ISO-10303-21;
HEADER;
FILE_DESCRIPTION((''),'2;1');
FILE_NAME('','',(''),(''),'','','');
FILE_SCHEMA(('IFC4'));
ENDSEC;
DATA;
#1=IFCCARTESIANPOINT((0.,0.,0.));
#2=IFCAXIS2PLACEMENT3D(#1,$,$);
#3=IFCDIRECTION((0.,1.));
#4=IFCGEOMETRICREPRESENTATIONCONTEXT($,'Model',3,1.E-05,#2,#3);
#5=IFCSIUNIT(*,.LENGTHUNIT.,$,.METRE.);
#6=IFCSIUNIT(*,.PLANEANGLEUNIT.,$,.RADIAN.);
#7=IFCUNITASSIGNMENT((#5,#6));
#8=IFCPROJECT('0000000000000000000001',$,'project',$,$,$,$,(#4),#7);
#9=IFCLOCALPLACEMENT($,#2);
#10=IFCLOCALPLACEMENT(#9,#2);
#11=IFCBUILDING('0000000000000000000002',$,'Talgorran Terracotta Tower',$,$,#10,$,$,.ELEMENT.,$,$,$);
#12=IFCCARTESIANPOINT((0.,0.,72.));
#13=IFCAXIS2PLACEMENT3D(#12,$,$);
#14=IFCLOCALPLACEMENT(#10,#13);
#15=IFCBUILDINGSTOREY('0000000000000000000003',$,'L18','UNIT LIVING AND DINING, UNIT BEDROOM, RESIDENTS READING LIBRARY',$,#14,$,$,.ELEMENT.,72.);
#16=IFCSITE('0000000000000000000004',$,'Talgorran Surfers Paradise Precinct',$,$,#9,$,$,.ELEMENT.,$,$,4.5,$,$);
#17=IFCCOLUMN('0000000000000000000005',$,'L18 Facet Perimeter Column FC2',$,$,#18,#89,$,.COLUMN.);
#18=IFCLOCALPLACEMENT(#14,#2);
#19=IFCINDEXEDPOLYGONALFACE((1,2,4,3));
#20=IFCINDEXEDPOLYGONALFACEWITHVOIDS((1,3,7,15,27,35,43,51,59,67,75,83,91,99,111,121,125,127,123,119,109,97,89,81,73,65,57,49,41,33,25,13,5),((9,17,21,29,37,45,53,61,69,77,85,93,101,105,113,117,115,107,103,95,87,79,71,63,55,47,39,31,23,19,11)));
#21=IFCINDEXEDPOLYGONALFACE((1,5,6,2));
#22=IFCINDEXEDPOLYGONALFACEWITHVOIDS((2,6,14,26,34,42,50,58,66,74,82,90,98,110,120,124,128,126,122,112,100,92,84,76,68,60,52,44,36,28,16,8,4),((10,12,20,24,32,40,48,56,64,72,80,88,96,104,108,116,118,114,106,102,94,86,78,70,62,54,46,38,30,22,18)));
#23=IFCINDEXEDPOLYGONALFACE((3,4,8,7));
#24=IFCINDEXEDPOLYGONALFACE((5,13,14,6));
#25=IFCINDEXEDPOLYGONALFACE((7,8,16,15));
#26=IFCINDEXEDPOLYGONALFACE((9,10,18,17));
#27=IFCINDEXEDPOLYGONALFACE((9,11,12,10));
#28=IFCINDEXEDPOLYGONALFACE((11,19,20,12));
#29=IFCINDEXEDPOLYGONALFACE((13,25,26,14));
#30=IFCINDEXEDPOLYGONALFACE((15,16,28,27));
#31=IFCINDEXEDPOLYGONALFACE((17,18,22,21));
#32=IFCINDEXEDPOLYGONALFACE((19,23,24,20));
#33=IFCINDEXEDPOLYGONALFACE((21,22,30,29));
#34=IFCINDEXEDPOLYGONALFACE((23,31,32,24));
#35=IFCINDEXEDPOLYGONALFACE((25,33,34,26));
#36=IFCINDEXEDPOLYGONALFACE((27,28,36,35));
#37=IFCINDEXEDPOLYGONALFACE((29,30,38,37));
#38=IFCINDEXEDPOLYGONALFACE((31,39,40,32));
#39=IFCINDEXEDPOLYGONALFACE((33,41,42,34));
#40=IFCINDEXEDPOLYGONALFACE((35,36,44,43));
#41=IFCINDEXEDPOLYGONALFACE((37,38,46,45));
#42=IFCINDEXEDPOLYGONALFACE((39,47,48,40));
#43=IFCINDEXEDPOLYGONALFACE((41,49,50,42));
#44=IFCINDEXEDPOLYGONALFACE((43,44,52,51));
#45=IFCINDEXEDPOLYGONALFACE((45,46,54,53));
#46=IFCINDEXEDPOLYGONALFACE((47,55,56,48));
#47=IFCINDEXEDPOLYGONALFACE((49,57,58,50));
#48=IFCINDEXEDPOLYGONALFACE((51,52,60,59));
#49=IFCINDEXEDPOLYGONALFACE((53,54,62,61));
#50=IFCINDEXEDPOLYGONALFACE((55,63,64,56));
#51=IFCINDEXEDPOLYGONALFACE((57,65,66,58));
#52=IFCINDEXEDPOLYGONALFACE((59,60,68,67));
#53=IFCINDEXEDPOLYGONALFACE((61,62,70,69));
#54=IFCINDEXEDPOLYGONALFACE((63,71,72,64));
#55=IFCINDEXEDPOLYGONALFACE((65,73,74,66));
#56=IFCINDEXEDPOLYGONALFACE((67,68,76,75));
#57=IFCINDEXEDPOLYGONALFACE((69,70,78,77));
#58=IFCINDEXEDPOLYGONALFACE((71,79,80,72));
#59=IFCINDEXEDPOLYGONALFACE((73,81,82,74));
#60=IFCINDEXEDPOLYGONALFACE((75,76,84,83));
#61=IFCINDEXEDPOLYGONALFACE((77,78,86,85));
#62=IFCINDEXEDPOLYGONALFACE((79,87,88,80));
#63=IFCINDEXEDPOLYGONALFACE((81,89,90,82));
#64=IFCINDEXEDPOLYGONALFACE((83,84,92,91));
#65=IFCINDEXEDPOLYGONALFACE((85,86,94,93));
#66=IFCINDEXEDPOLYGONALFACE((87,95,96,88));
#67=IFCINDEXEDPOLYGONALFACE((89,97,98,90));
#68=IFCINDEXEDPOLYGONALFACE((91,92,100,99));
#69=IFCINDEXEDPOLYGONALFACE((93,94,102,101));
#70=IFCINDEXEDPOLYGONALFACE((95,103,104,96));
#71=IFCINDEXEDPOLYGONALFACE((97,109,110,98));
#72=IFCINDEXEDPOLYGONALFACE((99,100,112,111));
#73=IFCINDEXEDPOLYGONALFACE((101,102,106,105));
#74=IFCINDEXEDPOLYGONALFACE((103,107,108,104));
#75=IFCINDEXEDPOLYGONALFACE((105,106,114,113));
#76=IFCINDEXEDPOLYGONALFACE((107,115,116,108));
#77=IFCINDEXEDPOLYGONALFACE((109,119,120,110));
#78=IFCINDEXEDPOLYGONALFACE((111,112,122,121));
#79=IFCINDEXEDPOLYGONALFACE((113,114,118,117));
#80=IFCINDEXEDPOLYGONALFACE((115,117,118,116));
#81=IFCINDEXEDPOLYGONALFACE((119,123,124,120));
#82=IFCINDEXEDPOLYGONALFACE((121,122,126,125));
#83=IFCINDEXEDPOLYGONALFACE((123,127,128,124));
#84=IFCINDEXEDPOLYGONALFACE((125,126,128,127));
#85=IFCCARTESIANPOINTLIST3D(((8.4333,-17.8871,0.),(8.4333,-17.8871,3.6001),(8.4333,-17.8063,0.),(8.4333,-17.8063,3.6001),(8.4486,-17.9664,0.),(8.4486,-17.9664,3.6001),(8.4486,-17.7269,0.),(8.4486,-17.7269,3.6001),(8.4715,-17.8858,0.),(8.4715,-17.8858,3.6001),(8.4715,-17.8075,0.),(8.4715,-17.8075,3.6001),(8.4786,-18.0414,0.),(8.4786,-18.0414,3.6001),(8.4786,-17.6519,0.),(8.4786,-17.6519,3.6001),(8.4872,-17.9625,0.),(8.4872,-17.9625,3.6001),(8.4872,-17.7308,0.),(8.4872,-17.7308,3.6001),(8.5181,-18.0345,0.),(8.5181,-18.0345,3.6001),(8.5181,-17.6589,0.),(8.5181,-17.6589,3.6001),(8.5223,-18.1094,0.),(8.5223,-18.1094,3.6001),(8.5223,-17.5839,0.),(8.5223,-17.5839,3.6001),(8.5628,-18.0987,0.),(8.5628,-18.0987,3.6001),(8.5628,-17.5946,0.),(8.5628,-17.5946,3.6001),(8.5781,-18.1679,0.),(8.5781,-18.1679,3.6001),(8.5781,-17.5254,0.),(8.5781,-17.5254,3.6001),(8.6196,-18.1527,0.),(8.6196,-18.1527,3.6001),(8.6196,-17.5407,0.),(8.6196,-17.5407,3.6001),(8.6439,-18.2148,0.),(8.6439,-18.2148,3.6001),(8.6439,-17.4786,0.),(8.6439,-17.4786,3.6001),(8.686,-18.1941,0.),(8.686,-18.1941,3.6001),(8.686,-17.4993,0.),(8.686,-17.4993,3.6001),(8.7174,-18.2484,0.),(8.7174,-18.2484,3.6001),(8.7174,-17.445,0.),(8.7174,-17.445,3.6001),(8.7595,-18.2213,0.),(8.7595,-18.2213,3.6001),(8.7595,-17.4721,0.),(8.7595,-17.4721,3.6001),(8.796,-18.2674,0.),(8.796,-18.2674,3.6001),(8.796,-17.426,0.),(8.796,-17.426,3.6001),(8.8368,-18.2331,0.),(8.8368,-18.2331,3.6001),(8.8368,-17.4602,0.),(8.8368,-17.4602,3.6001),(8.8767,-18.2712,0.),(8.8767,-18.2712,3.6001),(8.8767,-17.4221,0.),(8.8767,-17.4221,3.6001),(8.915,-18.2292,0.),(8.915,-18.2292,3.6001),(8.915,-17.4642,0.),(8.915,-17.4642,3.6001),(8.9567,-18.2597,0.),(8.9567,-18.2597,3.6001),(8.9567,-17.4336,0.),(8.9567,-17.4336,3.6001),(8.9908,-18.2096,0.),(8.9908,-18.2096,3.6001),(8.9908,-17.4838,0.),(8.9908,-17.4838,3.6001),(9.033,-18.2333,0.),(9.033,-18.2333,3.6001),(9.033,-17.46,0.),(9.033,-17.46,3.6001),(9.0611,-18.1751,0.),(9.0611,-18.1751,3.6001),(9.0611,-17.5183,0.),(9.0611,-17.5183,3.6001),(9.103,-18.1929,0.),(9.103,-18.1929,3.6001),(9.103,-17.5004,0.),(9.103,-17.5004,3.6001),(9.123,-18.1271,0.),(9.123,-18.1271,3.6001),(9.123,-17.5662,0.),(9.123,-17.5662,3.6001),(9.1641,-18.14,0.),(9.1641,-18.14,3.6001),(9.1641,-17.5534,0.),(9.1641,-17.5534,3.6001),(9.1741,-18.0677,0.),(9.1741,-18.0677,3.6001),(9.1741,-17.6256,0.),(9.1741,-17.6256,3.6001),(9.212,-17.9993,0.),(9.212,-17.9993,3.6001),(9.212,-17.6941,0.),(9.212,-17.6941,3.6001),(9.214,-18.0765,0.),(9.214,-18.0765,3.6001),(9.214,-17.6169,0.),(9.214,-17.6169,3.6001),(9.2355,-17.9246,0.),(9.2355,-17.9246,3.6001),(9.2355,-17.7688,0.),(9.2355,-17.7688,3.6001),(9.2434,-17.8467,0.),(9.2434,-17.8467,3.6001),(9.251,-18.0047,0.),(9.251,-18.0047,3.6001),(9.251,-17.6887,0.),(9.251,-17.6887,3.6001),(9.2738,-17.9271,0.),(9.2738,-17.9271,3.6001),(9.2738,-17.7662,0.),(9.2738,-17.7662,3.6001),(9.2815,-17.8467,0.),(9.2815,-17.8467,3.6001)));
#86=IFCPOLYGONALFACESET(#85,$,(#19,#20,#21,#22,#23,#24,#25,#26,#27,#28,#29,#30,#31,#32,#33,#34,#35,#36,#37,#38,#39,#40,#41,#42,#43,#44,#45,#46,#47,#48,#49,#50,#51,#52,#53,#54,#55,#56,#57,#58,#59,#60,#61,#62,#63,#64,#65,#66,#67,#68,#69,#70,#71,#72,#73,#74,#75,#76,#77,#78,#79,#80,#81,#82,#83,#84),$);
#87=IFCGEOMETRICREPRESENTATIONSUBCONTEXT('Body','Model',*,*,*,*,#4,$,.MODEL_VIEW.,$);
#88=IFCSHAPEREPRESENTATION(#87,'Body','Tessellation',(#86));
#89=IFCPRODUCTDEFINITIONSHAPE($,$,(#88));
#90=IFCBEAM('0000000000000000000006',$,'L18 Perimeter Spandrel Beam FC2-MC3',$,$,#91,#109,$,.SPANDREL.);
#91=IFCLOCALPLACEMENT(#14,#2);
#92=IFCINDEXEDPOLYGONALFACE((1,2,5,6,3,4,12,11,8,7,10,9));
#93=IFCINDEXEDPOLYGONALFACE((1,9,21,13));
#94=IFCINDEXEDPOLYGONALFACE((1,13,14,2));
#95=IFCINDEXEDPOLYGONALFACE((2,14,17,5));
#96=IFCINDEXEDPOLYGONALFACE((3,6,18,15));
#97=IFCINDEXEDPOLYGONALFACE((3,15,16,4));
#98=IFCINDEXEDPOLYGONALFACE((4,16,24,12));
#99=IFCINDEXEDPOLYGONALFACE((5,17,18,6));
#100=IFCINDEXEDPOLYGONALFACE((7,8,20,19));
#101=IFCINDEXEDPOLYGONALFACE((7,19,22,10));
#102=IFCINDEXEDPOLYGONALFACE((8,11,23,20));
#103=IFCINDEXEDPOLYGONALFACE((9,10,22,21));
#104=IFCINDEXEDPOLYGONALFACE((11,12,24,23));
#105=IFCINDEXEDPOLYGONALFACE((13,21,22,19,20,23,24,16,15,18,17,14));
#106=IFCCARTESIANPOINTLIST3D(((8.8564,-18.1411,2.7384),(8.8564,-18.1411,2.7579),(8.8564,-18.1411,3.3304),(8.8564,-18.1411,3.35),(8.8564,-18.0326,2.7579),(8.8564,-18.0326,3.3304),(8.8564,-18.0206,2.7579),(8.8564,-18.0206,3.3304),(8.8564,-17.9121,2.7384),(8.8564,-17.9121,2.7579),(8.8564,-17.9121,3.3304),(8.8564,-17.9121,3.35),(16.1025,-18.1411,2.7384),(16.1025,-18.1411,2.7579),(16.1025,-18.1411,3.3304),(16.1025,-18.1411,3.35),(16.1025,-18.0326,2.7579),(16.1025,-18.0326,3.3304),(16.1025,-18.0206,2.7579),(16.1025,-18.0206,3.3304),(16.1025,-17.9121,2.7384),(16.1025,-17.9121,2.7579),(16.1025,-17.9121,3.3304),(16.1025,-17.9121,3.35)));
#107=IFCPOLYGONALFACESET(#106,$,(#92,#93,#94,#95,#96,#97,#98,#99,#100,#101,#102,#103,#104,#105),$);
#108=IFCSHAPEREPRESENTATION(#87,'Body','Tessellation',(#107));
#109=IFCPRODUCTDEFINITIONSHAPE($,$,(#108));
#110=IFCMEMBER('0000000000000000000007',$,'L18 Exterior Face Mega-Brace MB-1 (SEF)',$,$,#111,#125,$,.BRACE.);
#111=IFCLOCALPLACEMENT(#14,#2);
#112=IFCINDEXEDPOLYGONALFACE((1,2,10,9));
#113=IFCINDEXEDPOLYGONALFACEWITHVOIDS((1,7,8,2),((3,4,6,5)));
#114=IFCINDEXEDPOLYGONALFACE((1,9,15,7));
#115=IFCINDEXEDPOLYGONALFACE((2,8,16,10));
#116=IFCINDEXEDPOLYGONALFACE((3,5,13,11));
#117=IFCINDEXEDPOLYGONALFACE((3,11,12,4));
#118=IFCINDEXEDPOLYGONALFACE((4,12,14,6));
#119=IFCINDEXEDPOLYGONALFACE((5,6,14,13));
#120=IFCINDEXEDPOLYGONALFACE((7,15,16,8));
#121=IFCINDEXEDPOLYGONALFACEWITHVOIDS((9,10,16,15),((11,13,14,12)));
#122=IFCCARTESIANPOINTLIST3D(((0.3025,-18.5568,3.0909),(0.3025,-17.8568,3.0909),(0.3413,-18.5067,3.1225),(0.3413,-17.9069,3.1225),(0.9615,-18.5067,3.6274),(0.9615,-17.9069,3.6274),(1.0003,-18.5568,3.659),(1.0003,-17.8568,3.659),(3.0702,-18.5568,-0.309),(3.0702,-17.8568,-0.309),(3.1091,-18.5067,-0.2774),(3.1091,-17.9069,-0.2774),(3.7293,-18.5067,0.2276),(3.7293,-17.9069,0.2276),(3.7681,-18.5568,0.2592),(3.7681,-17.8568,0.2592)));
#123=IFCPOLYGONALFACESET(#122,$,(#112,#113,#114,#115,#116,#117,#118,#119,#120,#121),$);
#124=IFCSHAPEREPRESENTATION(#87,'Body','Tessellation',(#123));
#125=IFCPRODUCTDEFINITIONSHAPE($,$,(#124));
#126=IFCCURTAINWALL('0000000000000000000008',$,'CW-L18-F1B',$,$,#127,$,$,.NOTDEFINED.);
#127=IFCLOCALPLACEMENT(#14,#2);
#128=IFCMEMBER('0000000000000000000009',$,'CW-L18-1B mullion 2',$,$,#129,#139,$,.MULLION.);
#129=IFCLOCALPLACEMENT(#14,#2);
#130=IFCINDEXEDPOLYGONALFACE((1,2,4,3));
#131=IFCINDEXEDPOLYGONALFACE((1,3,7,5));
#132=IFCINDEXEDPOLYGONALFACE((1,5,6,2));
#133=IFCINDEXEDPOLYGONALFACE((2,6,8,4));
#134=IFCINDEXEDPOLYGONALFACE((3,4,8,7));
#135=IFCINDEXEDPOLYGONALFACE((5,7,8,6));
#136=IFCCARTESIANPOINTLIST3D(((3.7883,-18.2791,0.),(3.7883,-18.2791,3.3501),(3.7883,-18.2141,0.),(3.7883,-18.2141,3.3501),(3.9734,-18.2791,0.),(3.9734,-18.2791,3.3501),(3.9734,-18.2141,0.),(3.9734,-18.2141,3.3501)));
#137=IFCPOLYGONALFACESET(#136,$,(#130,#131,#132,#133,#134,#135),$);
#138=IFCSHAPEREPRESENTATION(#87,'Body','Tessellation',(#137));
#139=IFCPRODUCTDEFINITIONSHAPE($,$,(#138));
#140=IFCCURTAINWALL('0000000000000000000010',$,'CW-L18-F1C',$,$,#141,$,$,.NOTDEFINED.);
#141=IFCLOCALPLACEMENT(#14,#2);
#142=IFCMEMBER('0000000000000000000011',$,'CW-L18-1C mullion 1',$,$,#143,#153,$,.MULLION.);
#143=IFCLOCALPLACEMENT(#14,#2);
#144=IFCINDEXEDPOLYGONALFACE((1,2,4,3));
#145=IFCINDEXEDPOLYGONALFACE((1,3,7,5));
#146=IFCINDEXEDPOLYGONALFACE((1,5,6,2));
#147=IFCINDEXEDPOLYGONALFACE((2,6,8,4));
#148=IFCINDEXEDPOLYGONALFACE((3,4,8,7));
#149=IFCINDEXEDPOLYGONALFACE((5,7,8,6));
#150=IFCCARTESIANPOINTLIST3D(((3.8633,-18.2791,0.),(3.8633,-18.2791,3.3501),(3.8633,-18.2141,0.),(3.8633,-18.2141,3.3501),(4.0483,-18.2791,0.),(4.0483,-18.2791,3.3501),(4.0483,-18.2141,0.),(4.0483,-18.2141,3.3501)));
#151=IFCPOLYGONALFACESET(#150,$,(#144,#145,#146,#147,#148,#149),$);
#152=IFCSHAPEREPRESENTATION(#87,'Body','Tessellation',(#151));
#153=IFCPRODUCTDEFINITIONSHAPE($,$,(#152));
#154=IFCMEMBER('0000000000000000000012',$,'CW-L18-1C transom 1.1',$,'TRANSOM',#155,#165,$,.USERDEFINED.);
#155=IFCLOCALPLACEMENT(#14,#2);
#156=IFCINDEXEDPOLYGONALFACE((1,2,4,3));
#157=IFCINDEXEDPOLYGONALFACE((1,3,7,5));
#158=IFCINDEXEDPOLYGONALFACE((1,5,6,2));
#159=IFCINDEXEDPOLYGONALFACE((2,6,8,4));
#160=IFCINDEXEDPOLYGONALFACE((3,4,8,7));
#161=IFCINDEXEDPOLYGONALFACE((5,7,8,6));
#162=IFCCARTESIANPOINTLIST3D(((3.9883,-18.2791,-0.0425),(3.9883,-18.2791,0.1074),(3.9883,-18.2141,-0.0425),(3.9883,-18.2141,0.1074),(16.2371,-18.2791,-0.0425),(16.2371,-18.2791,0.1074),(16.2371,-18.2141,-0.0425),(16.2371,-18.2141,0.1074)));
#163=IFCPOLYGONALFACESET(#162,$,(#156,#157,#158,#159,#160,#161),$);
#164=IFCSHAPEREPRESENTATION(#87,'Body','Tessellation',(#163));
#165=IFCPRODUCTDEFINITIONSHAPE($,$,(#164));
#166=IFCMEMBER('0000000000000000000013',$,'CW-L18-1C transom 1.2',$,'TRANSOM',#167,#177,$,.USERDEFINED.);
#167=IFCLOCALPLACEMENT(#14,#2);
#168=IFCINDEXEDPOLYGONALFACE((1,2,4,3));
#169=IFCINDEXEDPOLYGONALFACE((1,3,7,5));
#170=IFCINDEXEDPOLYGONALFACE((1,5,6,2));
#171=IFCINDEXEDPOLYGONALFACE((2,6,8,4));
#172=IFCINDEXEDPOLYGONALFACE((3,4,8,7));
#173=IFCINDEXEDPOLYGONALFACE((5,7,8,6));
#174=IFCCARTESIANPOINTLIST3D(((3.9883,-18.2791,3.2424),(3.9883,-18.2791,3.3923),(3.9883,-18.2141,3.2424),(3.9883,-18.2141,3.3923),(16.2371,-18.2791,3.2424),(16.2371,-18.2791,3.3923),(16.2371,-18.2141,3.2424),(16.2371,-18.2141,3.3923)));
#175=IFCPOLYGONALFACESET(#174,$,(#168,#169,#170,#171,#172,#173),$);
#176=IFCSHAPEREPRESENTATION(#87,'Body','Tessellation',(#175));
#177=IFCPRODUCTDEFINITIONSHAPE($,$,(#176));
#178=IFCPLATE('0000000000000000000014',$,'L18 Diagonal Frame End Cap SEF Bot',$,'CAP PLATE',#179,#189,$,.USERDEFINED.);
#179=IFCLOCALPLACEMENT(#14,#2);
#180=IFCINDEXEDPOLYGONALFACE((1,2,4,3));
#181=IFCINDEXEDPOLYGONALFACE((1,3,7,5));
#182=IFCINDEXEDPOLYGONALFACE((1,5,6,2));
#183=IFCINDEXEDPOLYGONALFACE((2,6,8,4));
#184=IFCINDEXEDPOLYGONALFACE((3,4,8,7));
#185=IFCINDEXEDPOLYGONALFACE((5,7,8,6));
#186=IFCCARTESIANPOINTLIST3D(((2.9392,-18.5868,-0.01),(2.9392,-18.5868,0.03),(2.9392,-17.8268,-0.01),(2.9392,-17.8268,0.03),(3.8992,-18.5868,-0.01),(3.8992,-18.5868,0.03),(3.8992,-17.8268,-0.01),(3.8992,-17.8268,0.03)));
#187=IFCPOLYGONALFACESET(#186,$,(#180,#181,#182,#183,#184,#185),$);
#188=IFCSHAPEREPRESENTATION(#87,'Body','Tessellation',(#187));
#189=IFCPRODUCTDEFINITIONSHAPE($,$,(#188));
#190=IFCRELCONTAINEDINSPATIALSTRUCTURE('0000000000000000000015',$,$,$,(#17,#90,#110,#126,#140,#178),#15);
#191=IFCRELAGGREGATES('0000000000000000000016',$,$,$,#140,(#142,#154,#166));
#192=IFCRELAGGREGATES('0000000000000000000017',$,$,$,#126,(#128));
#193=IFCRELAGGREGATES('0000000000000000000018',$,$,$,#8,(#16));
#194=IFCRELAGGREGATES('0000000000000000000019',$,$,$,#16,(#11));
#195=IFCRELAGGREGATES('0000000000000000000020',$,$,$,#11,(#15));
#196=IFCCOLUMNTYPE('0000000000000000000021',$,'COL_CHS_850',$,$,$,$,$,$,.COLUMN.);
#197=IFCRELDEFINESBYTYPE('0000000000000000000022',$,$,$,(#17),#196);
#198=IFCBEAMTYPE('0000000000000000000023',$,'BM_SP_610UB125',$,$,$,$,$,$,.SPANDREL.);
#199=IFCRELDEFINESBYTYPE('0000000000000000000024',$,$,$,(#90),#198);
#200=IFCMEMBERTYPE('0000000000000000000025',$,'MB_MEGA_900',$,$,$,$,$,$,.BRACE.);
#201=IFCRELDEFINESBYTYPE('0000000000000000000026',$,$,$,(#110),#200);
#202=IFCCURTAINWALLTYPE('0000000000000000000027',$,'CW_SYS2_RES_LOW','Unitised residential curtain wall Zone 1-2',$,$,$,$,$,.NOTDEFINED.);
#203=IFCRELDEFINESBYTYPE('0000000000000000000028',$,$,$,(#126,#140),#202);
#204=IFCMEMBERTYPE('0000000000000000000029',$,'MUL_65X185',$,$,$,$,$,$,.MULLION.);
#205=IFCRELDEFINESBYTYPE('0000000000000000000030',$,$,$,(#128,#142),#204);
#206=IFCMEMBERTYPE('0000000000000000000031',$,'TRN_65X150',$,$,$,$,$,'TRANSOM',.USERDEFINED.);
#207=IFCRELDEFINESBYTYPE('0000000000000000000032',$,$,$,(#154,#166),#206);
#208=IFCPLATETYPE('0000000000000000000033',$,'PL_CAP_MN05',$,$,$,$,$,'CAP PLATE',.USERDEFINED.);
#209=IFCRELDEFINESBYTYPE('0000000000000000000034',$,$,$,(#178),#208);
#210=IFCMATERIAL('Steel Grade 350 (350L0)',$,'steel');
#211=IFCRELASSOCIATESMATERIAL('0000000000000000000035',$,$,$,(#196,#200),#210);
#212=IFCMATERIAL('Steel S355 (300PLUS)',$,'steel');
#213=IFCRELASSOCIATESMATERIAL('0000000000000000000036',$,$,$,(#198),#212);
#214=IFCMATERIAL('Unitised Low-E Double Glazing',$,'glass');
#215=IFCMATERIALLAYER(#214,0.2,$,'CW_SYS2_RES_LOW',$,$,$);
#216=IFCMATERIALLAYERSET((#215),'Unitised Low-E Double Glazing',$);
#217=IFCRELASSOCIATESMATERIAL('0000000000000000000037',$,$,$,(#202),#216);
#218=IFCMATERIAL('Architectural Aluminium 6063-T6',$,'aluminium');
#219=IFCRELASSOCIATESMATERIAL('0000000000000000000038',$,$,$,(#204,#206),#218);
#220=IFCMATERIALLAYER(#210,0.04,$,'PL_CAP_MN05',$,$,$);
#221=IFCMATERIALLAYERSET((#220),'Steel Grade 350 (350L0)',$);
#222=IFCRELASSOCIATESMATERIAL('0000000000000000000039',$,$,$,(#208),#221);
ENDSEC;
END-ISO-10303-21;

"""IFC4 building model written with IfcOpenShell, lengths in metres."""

from ifc_helpers import new_model, si_unit, direction, frame, origin, origin_2d, place, context, subcontext, project, spatial, rectangle, hollow_rectangle, hollow_circle, i_section, extrude, material, layer, layer_set, material_profile, profile_set, type_object, element, aggregate, save


model = new_model("IFC4")

# Units and contexts
model_context = context("Model", 3, precision=1e-05, world=origin(), true_north=direction((0.0, 1.0)))
body_context = subcontext(model_context, "Body", "Model", "MODEL_VIEW")
ifc_project = project(units=[si_unit("LENGTHUNIT", "METRE"), si_unit("PLANEANGLEUNIT", "RADIAN")], contexts=[model_context])

# Site, building, storey
site_placement = place(None, origin())
site = spatial("IfcSite", under=ifc_project, at=site_placement, Name="Talgorran Surfers Paradise Precinct", CompositionType="ELEMENT", RefElevation=4.5)
building_placement = place(site_placement, origin())
building = spatial("IfcBuilding", under=site, at=building_placement, Name="Talgorran Terracotta Tower", CompositionType="ELEMENT")
storey_placement = place(building_placement, frame((0.0, 0.0, 72.0)))
storey = spatial("IfcBuildingStorey", under=building, at=storey_placement, Name="L18", Description="UNIT LIVING AND DINING, UNIT BEDROOM, RESIDENTS READING LIBRARY", CompositionType="ELEMENT", Elevation=72.0)

# Column
ifc_material_1 = material(Name="Steel Grade 350 (350L0)", Category="steel")
ifc_material_profile_1 = material_profile(ifc_material_1, hollow_circle(Radius=0.425, WallThickness=0.0381, at=origin_2d()), Name="CHS850X38")
ifc_profile_set_1 = profile_set([ifc_material_profile_1], Name="Steel Grade 350 (350L0)")
column_type = type_object("IfcColumnType", Name="COL_CHS_850", PredefinedType="COLUMN", material=ifc_profile_set_1)
column_placement = place(storey_placement, frame((8.8564, -17.8467, 0.0), z_axis=(0.0, 0.0, 1.0), x_axis=(1.0, 0.0, 0.0)))
element("IfcColumn", 1, at=column_placement, inside=storey, type_object=column_type, Name="L18 Facet Perimeter Column FC2", PredefinedType="COLUMN", context=body_context, shape_type="SweptSolid", body=[
    extrude(hollow_circle(Radius=0.425, WallThickness=0.0381, at=origin_2d()), origin(), (0.0, 0.0, 1.0), 3.6001),
])

# Beam
ifc_material_2 = material(Name="Steel S355 (300PLUS)", Category="steel")
ifc_material_profile_2 = material_profile(ifc_material_2, i_section(OverallWidth=0.229, OverallDepth=0.6116, WebThickness=0.012, FlangeThickness=0.0195, at=origin_2d()), Name="610UB125")
ifc_profile_set_2 = profile_set([ifc_material_profile_2], Name="Steel S355 (300PLUS)")
beam_type = type_object("IfcBeamType", Name="BM_SP_610UB125", PredefinedType="SPANDREL", material=ifc_profile_set_2)
beam_placement = place(storey_placement, frame((8.8564, -18.0266, 3.0442), z_axis=(1.0, 0.0, 0.0), x_axis=(0.0, 1.0, 0.0)))
element("IfcBeam", 2, at=beam_placement, inside=storey, type_object=beam_type, Name="L18 Perimeter Spandrel Beam FC2-MC3", PredefinedType="SPANDREL", context=body_context, shape_type="SweptSolid", body=[
    extrude(i_section(OverallWidth=0.229, OverallDepth=0.6116, WebThickness=0.012, FlangeThickness=0.0195, at=origin_2d()), origin(), (0.0, 0.0, 1.0), 7.2461),
])

# Member
ifc_material_profile_3 = material_profile(ifc_material_1, hollow_rectangle(XDim=0.7, YDim=0.8999, WallThickness=0.05, at=origin_2d()), Name="WBOX900X700X50")
ifc_profile_set_3 = profile_set([ifc_material_profile_3], Name="Steel Grade 350 (350L0)")
member_type_1 = type_object("IfcMemberType", Name="MB_MEGA_900", PredefinedType="BRACE", material=ifc_profile_set_3)
member_1_placement = place(storey_placement, frame((3.4192, -18.2068, -0.0249), z_axis=(-0.631334, 0.0, 0.775511), x_axis=(0.0, -1.0, 0.0)))
element("IfcMember", 3, at=member_1_placement, inside=storey, type_object=member_type_1, Name="L18 Exterior Face Mega-Brace MB-1 (SEF)", PredefinedType="BRACE", context=body_context, shape_type="SweptSolid", body=[
    extrude(hollow_rectangle(XDim=0.7, YDim=0.8999, WallThickness=0.05, at=origin_2d()), origin(), (0.0, 0.0, 1.0), 4.384),
])

# Curtain wall, member
ifc_material_3 = material(Name="Unitised Low-E Double Glazing", Category="glass")
ifc_layer_1 = layer(ifc_material_3, 0.2, Name="CW_SYS2_RES_LOW")
ifc_layer_set_1 = layer_set([ifc_layer_1], Name="Unitised Low-E Double Glazing")
curtain_wall_type = type_object("IfcCurtainWallType", Name="CW_SYS2_RES_LOW", Description="Unitised residential curtain wall Zone 1-2", PredefinedType="NOTDEFINED", material=ifc_layer_set_1)
curtain_wall_1_placement = place(storey_placement, origin())
curtain_wall_1 = element("IfcCurtainWall", 4, at=curtain_wall_1_placement, inside=storey, type_object=curtain_wall_type, Name="CW-L18-F1B", PredefinedType="NOTDEFINED")
ifc_material_4 = material(Name="Architectural Aluminium 6063-T6", Category="aluminium")
ifc_material_profile_4 = material_profile(ifc_material_4, rectangle(XDim=0.0649, YDim=0.1851, at=origin_2d()), Name="CWM65X185")
ifc_profile_set_4 = profile_set([ifc_material_profile_4], Name="Architectural Aluminium 6063-T6")
member_type_2 = type_object("IfcMemberType", Name="MUL_65X185", PredefinedType="MULLION", material=ifc_profile_set_4)
member_2_placement = place(storey_placement, frame((3.8809, -18.2466, 0.0), z_axis=(0.0, 0.0, 1.0), x_axis=(0.0, 1.0, 0.0)))
member_2 = element("IfcMember", 5, at=member_2_placement, type_object=member_type_2, Name="CW-L18-1B mullion 2", PredefinedType="MULLION", context=body_context, shape_type="SweptSolid", body=[
    extrude(rectangle(XDim=0.0649, YDim=0.1851, at=origin_2d()), origin(), (0.0, 0.0, 1.0), 3.3501),
])

# Curtain wall, members
curtain_wall_2_placement = place(storey_placement, origin())
curtain_wall_2 = element("IfcCurtainWall", 6, at=curtain_wall_2_placement, inside=storey, type_object=curtain_wall_type, Name="CW-L18-F1C", PredefinedType="NOTDEFINED")
member_3_placement = place(storey_placement, frame((3.9558, -18.2466, 0.0), z_axis=(0.0, 0.0, 1.0), x_axis=(0.0, 1.0, 0.0)))
member_3 = element("IfcMember", 7, at=member_3_placement, type_object=member_type_2, Name="CW-L18-1C mullion 1", PredefinedType="MULLION", context=body_context, shape_type="SweptSolid", body=[
    extrude(rectangle(XDim=0.0649, YDim=0.1851, at=origin_2d()), origin(), (0.0, 0.0, 1.0), 3.3501),
])
ifc_material_profile_5 = material_profile(ifc_material_4, rectangle(XDim=0.0649, YDim=0.1499, at=origin_2d()), Name="CWT65X150")
ifc_profile_set_5 = profile_set([ifc_material_profile_5], Name="Architectural Aluminium 6063-T6")
member_type_3 = type_object("IfcMemberType", Name="TRN_65X150", ElementType="TRANSOM", PredefinedType="USERDEFINED", material=ifc_profile_set_5)
member_4_placement = place(storey_placement, frame((3.9883, -18.2466, 0.0325), z_axis=(1.0, 0.0, 0.0), x_axis=(0.0, 1.0, 0.0)))
member_4 = element("IfcMember", 8, at=member_4_placement, type_object=member_type_3, Name="CW-L18-1C transom 1.1", ObjectType="TRANSOM", PredefinedType="USERDEFINED", context=body_context, shape_type="SweptSolid", body=[
    extrude(rectangle(XDim=0.0649, YDim=0.1499, at=origin_2d()), origin(), (0.0, 0.0, 1.0), 12.2488),
])
member_5_placement = place(storey_placement, frame((3.9883, -18.2466, 3.3174), z_axis=(1.0, 0.0, 0.0), x_axis=(0.0, 1.0, 0.0)))
member_5 = element("IfcMember", 9, at=member_5_placement, type_object=member_type_3, Name="CW-L18-1C transom 1.2", ObjectType="TRANSOM", PredefinedType="USERDEFINED", context=body_context, shape_type="SweptSolid", body=[
    extrude(rectangle(XDim=0.0649, YDim=0.1499, at=origin_2d()), origin(), (0.0, 0.0, 1.0), 12.2488),
])

# Plate
ifc_layer_2 = layer(ifc_material_1, 0.04, Name="PL_CAP_MN05")
ifc_layer_set_2 = layer_set([ifc_layer_2], Name="Steel Grade 350 (350L0)")
plate_type_1 = type_object("IfcPlateType", Name="PL_CAP_MN05", ElementType="CAP PLATE", PredefinedType="USERDEFINED", material=ifc_layer_set_2)
plate_1_placement = place(storey_placement, frame((3.4192, -18.2068, -0.01), z_axis=(0.0, 0.0, 1.0), x_axis=(-1.0, 0.0, 0.0)))
element("IfcPlate", 10, at=plate_1_placement, inside=storey, type_object=plate_type_1, Name="L18 Diagonal Frame End Cap SEF Bot", ObjectType="CAP PLATE", PredefinedType="USERDEFINED", context=body_context, shape_type="SweptSolid", body=[
    extrude(rectangle(XDim=0.96, YDim=0.76, at=origin_2d()), origin(), (0.0, 0.0, 1.0), 0.04),
])

aggregate(curtain_wall_2, [member_3, member_4, member_5])
aggregate(curtain_wall_1, [member_2])

save(model, "model.ifc")
